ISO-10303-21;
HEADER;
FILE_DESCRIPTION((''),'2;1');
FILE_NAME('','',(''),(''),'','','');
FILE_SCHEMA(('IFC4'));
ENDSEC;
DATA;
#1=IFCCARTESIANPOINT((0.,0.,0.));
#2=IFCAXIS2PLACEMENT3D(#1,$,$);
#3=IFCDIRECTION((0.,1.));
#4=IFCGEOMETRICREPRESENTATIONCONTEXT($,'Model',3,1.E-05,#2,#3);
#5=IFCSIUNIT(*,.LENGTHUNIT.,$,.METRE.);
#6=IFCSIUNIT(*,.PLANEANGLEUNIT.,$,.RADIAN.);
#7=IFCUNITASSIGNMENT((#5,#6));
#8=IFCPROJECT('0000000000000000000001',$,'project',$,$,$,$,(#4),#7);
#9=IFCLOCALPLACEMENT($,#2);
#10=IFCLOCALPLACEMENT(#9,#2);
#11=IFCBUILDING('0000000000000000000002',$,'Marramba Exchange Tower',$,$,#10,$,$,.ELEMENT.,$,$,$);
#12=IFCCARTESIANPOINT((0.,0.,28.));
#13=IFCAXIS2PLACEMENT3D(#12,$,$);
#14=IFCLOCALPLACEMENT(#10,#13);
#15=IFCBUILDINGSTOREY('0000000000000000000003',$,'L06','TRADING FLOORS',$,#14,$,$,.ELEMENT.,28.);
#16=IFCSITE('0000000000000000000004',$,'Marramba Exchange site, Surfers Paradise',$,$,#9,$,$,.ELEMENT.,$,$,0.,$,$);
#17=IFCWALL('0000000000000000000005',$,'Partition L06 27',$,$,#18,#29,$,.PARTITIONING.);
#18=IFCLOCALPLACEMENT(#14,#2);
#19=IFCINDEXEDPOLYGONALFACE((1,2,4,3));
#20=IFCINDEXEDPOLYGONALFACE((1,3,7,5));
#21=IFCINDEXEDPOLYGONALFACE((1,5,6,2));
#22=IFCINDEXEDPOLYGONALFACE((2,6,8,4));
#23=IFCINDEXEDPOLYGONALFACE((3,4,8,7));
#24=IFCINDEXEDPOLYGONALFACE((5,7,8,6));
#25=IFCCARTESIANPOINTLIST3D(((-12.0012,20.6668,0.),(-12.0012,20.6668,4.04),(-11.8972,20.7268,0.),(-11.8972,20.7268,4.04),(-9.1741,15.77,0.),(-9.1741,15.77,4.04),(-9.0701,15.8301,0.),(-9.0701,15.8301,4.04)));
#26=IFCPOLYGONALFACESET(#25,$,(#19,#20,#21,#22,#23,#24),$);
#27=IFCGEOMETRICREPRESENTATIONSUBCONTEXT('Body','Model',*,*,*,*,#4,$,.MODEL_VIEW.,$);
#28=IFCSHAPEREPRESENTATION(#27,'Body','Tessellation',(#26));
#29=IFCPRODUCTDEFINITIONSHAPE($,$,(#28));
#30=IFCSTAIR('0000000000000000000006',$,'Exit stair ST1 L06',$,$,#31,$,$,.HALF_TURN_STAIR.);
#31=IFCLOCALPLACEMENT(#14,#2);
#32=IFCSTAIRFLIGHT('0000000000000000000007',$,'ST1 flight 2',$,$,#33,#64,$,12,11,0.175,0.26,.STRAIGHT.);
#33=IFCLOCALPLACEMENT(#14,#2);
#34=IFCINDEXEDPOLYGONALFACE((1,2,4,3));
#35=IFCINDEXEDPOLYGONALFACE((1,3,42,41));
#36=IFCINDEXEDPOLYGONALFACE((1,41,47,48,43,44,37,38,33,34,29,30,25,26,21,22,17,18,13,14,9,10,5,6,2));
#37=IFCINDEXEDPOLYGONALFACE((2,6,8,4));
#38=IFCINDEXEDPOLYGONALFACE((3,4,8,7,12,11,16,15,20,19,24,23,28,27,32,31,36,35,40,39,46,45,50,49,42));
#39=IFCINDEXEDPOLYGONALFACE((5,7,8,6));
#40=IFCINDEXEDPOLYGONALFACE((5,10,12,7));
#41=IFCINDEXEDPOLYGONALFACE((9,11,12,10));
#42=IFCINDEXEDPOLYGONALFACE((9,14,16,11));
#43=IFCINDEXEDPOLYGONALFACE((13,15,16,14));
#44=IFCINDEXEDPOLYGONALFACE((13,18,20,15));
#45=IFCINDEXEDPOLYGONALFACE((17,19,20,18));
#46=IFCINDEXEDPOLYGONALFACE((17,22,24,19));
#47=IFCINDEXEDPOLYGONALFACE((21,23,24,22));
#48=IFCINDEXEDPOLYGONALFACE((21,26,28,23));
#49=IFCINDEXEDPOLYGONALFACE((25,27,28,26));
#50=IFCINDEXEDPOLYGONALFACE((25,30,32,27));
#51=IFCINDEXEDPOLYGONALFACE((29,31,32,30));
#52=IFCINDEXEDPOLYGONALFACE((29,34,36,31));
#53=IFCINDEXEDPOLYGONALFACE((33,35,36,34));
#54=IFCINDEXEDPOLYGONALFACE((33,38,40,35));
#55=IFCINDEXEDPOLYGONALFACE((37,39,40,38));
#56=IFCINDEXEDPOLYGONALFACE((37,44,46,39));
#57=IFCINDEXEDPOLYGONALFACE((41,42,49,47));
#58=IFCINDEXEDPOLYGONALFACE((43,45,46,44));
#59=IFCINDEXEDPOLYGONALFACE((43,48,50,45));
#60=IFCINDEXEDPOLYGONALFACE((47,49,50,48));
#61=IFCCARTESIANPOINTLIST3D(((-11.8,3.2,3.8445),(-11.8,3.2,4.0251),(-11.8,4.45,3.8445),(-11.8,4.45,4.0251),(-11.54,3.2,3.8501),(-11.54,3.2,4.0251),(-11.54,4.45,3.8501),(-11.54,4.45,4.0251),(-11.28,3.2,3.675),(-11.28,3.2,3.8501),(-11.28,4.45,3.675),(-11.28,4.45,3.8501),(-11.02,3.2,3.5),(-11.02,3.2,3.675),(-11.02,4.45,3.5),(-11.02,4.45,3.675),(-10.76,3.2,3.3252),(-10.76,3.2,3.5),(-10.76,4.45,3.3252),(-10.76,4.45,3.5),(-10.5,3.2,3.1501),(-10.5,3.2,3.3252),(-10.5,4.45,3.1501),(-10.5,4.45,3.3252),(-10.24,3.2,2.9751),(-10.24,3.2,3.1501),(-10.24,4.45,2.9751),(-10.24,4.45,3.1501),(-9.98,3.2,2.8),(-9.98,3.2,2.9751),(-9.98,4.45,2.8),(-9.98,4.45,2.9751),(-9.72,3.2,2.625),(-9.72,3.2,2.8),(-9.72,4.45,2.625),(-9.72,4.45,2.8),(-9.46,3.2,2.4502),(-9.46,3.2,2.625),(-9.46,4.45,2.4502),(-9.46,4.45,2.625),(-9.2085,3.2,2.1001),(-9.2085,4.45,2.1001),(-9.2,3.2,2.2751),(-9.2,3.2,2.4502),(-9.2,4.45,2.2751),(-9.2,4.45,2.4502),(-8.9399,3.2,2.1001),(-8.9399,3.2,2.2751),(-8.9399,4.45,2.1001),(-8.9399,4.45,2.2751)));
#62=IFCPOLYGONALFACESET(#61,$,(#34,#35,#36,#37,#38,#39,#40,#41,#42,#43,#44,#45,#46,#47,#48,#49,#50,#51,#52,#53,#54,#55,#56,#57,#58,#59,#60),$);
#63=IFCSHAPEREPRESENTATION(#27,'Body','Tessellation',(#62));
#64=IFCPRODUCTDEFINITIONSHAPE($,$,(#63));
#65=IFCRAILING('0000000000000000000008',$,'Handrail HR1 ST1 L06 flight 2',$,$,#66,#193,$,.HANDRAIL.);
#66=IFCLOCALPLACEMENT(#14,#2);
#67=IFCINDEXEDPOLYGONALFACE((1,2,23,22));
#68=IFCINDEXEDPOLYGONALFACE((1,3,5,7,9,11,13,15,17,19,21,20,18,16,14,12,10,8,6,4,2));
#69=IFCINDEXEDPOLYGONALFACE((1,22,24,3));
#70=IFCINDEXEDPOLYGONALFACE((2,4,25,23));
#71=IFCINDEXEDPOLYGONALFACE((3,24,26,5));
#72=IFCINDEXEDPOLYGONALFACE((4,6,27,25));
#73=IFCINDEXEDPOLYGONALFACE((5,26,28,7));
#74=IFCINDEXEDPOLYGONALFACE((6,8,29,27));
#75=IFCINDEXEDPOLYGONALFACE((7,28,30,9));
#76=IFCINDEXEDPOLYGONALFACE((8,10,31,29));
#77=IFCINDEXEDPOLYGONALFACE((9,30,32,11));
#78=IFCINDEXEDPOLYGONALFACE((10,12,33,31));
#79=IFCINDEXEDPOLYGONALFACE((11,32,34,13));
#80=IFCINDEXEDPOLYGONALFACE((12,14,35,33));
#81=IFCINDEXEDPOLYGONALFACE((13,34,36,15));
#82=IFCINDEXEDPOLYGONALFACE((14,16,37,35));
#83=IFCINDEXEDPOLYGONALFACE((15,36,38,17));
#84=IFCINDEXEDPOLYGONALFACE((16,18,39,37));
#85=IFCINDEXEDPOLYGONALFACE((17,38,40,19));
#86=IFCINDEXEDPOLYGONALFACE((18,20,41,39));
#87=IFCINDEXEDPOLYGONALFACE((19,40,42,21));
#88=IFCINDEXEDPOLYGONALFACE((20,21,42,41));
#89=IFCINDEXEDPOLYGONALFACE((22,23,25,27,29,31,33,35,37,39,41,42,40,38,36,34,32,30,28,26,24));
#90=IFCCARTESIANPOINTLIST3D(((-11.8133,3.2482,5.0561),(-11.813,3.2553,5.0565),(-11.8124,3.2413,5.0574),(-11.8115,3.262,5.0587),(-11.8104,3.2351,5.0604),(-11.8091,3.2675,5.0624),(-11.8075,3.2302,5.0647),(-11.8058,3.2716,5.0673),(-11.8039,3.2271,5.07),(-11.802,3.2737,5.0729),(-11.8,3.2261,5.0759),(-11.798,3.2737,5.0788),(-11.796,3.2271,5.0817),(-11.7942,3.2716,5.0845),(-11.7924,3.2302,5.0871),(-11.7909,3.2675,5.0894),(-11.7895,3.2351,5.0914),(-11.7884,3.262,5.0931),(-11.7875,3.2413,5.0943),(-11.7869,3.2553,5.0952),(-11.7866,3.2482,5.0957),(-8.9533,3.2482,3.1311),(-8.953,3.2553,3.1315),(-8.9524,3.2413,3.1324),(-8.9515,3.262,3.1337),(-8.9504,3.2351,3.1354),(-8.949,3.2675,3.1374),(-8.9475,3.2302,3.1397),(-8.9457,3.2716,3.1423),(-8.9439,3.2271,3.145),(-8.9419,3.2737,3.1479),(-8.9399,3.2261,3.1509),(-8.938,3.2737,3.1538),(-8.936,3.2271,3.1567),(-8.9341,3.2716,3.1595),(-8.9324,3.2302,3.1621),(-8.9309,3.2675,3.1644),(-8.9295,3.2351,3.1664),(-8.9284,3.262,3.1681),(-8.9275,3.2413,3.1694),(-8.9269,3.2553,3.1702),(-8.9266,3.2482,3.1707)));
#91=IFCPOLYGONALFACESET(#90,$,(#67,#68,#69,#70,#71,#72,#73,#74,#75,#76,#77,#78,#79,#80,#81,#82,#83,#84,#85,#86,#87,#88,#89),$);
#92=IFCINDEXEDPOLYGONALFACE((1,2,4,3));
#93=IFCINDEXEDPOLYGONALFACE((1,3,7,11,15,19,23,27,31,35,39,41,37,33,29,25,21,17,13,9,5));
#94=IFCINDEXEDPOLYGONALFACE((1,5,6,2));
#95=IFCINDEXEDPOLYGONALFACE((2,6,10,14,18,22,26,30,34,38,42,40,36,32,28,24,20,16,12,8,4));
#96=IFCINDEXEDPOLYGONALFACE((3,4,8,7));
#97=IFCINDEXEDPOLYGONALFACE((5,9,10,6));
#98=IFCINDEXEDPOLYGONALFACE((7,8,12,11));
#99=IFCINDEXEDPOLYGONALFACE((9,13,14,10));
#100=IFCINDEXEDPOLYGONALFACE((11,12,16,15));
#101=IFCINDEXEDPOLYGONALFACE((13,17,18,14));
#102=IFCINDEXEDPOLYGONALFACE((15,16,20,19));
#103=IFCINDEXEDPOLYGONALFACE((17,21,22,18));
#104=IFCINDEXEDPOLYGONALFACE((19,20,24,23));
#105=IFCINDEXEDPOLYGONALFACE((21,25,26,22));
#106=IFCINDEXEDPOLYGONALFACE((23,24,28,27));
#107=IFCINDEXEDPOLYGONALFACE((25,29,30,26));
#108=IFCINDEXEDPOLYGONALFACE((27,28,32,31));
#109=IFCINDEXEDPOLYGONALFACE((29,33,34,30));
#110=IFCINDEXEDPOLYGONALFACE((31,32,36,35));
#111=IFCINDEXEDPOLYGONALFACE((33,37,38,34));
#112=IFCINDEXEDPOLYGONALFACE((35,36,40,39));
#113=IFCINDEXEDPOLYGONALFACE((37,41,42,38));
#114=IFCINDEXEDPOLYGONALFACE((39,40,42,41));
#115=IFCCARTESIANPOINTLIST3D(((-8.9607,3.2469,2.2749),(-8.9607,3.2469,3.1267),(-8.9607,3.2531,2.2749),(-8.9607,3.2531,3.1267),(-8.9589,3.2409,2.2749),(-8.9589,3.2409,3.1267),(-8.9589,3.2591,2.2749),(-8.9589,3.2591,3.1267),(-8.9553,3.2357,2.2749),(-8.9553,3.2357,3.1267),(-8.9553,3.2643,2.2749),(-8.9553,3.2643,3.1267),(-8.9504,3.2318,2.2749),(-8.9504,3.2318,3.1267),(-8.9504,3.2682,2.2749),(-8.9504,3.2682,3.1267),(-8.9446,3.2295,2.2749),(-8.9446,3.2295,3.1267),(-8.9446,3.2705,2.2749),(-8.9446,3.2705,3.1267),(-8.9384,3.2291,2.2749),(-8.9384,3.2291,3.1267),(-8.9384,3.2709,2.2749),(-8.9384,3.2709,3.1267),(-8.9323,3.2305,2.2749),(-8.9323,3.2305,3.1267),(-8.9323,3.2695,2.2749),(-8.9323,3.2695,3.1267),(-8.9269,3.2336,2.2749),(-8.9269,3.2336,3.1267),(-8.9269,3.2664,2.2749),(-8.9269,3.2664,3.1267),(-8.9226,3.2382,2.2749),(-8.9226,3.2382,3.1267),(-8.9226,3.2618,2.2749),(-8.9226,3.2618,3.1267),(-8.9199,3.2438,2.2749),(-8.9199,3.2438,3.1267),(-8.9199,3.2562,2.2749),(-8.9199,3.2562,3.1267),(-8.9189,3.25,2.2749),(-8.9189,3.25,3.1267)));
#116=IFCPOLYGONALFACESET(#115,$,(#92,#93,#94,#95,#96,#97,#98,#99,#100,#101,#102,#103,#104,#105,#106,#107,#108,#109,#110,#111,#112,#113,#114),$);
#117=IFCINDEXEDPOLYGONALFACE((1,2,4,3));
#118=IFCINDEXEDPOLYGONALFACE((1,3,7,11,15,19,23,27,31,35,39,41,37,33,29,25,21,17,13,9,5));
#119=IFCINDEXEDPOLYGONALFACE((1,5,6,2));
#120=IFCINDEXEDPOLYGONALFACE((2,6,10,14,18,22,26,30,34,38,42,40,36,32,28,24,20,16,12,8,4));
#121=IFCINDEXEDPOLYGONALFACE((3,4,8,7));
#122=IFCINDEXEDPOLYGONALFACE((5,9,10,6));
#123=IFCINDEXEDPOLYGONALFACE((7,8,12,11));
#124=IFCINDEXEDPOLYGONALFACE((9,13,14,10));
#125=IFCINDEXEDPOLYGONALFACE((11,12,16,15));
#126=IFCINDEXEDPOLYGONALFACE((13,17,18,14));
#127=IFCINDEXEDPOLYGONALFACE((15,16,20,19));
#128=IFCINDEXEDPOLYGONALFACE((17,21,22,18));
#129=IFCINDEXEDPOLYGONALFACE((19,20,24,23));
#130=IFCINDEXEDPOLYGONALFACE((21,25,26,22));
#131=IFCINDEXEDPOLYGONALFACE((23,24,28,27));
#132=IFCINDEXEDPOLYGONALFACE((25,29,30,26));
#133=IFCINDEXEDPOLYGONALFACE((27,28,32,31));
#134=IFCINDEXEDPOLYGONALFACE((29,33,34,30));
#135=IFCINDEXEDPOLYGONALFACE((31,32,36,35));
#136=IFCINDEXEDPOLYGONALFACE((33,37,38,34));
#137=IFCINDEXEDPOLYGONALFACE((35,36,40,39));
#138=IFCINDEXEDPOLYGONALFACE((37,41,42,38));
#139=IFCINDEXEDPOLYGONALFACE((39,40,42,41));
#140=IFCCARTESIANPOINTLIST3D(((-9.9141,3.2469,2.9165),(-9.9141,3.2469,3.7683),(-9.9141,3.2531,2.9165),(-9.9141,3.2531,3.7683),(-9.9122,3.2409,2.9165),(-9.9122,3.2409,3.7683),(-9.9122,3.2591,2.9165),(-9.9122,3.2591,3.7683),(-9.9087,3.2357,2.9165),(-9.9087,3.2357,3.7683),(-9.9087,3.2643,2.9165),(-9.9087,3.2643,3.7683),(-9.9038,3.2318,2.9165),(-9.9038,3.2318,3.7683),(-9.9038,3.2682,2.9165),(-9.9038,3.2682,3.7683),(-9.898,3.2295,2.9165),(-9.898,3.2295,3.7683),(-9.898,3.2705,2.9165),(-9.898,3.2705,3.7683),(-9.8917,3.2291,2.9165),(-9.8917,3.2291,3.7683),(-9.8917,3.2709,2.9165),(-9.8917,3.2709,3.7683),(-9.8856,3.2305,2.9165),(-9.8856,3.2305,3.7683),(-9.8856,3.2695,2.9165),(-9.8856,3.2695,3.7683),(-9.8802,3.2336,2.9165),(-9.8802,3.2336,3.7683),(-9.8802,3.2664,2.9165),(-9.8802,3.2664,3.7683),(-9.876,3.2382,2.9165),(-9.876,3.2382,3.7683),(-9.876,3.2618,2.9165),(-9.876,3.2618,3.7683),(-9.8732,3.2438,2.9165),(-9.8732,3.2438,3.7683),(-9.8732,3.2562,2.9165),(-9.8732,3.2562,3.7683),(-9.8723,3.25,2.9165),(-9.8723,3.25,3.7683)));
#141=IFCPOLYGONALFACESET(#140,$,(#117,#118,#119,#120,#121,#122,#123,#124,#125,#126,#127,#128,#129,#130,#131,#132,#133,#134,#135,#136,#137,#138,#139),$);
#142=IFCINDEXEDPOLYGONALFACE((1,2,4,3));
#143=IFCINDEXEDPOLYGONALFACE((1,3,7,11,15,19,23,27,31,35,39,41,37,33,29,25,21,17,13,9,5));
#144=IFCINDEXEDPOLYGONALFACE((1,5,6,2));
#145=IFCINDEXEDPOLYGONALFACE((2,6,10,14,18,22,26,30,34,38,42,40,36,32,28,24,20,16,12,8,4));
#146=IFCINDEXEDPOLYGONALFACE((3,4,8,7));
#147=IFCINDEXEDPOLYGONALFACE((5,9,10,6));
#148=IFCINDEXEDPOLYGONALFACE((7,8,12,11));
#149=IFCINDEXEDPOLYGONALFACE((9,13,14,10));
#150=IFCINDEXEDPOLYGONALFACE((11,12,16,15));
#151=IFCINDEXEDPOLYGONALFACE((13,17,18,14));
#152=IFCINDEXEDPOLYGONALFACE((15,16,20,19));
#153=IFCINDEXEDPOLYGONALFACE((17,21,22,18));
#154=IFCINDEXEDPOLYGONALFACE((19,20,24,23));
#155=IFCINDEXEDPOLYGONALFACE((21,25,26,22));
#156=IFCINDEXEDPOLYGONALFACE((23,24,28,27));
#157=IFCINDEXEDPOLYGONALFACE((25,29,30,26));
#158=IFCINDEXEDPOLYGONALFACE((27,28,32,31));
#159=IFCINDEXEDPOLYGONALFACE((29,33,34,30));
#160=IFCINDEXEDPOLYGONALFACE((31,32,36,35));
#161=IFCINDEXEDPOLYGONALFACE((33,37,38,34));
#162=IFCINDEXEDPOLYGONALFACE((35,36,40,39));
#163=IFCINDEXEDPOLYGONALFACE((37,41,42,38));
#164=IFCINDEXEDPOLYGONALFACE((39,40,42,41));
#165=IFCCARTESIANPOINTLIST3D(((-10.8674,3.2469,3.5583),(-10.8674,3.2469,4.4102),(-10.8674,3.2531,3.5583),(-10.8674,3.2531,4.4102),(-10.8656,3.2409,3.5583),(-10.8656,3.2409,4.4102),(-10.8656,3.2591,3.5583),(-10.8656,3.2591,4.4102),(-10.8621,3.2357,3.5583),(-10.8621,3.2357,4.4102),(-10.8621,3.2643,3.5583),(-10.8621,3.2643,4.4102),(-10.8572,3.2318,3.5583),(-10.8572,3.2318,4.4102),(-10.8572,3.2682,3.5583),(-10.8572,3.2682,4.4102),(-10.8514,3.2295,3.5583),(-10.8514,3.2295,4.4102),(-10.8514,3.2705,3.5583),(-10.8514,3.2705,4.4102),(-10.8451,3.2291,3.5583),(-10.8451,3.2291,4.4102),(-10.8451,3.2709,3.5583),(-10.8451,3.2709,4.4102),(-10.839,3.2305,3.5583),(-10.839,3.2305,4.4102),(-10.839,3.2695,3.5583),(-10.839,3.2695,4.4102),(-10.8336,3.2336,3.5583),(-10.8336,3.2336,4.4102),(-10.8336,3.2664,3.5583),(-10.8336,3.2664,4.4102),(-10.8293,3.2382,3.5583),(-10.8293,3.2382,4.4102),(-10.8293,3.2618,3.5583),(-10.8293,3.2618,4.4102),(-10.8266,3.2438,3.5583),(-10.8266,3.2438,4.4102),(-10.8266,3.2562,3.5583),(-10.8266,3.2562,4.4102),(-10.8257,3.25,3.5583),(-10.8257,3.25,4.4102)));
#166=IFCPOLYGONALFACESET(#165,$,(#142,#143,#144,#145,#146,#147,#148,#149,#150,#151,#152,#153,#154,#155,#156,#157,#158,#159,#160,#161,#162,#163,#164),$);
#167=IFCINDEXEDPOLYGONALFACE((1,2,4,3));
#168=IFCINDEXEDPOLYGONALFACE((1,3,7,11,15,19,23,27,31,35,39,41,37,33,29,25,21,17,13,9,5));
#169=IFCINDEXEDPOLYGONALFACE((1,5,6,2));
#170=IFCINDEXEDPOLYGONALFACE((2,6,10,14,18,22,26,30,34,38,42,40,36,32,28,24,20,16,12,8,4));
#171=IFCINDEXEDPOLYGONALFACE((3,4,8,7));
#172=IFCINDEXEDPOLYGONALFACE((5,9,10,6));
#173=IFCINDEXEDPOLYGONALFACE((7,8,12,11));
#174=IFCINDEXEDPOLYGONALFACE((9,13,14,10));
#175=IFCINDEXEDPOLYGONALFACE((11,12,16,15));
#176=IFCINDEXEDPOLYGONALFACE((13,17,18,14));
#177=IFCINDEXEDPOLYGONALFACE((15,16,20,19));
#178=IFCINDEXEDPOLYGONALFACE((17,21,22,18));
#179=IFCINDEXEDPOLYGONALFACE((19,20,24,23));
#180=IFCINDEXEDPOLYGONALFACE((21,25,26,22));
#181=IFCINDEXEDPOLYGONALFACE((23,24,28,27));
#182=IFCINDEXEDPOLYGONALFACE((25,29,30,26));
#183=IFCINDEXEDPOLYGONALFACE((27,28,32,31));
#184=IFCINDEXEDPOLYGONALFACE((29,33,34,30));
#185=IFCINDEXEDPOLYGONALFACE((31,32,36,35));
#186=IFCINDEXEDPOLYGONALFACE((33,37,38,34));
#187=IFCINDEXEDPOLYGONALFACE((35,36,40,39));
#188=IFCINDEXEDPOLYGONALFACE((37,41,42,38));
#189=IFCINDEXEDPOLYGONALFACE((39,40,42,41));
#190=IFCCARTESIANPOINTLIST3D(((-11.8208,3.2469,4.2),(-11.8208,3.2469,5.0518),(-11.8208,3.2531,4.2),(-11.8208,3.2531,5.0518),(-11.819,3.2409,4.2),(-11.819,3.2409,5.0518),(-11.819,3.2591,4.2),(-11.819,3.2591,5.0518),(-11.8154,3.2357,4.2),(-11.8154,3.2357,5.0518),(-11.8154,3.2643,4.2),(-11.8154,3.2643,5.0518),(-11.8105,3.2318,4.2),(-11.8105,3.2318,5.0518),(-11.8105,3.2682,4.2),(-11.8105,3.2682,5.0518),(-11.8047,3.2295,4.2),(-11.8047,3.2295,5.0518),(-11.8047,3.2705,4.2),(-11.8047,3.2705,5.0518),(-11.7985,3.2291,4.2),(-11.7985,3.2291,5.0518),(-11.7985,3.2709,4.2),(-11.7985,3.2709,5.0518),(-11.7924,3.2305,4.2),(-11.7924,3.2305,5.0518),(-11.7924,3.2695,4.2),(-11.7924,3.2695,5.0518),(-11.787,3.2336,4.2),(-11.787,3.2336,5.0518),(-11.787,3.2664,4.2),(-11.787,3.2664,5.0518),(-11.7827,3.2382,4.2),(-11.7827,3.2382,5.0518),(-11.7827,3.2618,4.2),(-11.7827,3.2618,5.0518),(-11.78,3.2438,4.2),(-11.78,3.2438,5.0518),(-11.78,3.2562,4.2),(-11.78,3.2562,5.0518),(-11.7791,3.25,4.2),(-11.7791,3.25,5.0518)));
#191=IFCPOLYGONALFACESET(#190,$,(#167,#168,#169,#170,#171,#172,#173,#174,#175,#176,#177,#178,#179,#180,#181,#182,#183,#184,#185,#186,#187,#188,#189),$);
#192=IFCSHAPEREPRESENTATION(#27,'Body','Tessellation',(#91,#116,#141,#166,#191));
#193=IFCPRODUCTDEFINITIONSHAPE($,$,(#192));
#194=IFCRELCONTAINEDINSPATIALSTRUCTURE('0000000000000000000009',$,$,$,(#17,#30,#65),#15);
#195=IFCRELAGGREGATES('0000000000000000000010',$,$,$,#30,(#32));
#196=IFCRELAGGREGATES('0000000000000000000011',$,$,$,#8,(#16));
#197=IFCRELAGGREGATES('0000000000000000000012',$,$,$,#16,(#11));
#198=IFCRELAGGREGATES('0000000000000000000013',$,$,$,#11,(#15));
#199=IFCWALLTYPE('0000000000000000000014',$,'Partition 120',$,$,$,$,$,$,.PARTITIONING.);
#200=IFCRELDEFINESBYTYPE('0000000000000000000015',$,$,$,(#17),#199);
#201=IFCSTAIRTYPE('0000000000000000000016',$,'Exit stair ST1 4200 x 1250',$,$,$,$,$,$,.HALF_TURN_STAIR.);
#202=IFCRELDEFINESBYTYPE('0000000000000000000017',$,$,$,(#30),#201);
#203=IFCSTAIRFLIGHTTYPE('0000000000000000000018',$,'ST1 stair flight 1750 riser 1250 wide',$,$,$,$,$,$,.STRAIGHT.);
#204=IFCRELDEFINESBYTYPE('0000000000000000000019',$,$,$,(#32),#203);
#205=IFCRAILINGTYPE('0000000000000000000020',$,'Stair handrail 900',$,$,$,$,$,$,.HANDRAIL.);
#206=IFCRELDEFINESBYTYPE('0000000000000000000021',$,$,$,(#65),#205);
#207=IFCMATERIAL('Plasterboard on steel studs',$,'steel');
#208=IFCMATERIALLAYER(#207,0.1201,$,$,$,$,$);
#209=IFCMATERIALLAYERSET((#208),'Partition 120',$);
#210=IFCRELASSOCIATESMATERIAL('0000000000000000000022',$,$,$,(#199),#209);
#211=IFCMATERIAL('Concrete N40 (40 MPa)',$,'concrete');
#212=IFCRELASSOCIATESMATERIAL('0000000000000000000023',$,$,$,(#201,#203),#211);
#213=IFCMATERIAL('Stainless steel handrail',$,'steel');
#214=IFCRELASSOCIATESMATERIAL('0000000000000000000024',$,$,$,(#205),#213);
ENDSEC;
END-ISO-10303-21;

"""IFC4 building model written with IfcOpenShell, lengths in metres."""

from ifc_helpers import new_model, si_unit, direction, frame, frame_2d, origin, origin_2d, place, context, subcontext, project, spatial, polyline, rectangle, circle, outline, extrude, material, layer, layer_set, type_object, element, aggregate, save


model = new_model("IFC4")

# Units and contexts
model_context = context("Model", 3, precision=1e-05, world=origin(), true_north=direction((0.0, 1.0)))
body_context = subcontext(model_context, "Body", "Model", "MODEL_VIEW")
ifc_project = project(units=[si_unit("LENGTHUNIT", "METRE"), si_unit("PLANEANGLEUNIT", "RADIAN")], contexts=[model_context])

# Site, building, storey
site_placement = place(None, origin())
site = spatial("IfcSite", under=ifc_project, at=site_placement, Name="Marramba Exchange site, Surfers Paradise", CompositionType="ELEMENT", RefElevation=0.0)
building_placement = place(site_placement, origin())
building = spatial("IfcBuilding", under=site, at=building_placement, Name="Marramba Exchange Tower", CompositionType="ELEMENT")
storey_placement = place(building_placement, frame((0.0, 0.0, 28.0)))
storey = spatial("IfcBuildingStorey", under=building, at=storey_placement, Name="L06", Description="TRADING FLOORS", CompositionType="ELEMENT", Elevation=28.0)

# Wall
ifc_material_1 = material(Name="Plasterboard on steel studs", Category="steel")
ifc_layer_1 = layer(ifc_material_1, 0.1201)
ifc_layer_set_1 = layer_set([ifc_layer_1], Name="Partition 120")
wall_type_1 = type_object("IfcWallType", Name="Partition 120", PredefinedType="PARTITIONING", material=ifc_layer_set_1)
wall_1_placement = place(storey_placement, frame((-9.1221, 15.8, 0.0), z_axis=(0.0, 0.0, 1.0), x_axis=(-0.500003, 0.866024, 0.0)))
element("IfcWall", 1, at=wall_1_placement, inside=storey, type_object=wall_type_1, Name="Partition L06 27", PredefinedType="PARTITIONING", context=body_context, shape_type="SweptSolid", body=[
    extrude(rectangle(XDim=5.6543, YDim=0.1201, at=frame_2d((2.8271, 0.0))), origin(), (0.0, 0.0, 1.0), 4.04),
])

# Stair, stair flight
ifc_material_2 = material(Name="Concrete N40 (40 MPa)", Category="concrete")
stair_type = type_object("IfcStairType", Name="Exit stair ST1 4200 x 1250", PredefinedType="HALF_TURN_STAIR", material=ifc_material_2)
stair_placement = place(storey_placement, origin())
stair = element("IfcStair", 2, at=stair_placement, inside=storey, type_object=stair_type, Name="Exit stair ST1 L06", PredefinedType="HALF_TURN_STAIR")
stair_flight_type = type_object("IfcStairFlightType", Name="ST1 stair flight 1750 riser 1250 wide", PredefinedType="STRAIGHT", material=ifc_material_2)
stair_flight_placement = place(storey_placement, frame((-8.9399, 3.825, 2.1001), z_axis=(0.0, 0.0, 1.0), x_axis=(-1.0, 0.0, 0.0)))
stair_flight = element("IfcStairFlight", 3, at=stair_flight_placement, type_object=stair_flight_type, Name="ST1 flight 2", NumberOfRisers=12, NumberOfTreads=11, PredefinedType="STRAIGHT", RiserHeight=0.175, TreadLength=0.26, context=body_context, shape_type="SweptSolid", body=[
    extrude(outline(polyline([(0.0, 0.0), (0.0, 0.175), (0.26, 0.175), (0.26, 0.3501), (0.52, 0.3501), (0.52, 0.5249), (0.78, 0.5249), (0.78, 0.7), (1.04, 0.7), (1.04, 0.875), (1.3, 0.875), (1.3, 1.05), (1.5601, 1.05), (1.5601, 1.2251), (1.8201, 1.2251), (1.8201, 1.3999), (2.0801, 1.3999), (2.0801, 1.575), (2.3401, 1.575), (2.3401, 1.75), (2.6001, 1.75), (2.6001, 1.925), (2.8601, 1.925), (2.8601, 2.1001), (2.8601, 1.7444), (0.2686, 0.0), (0.0, 0.0)])), frame((0.0, 0.625, 0.0), z_axis=(0.0, -1.0, 0.0), x_axis=(1.0, 0.0, 0.0)), (0.0, 0.0, 1.0), 1.25),
])
aggregate(stair, [stair_flight])

# Railing
ifc_material_3 = material(Name="Stainless steel handrail", Category="steel")
railing_type = type_object("IfcRailingType", Name="Stair handrail 900", PredefinedType="HANDRAIL", material=ifc_material_3)
railing_placement = place(storey_placement, frame((-8.9399, 3.25, 2.2749)))
element("IfcRailing", 4, at=railing_placement, inside=storey, type_object=railing_type, Name="Handrail HR1 ST1 L06 flight 2", PredefinedType="HANDRAIL", context=body_context, shape_type="SweptSolid", body=[
    extrude(circle(Radius=0.0239, at=origin_2d()), frame((0.0, 0.0, 0.876), z_axis=(-0.829591, 0.0, 0.558372), x_axis=(0.0, -1.0, 0.0)), (0.0, 0.0, 1.0), 3.4475),
    extrude(circle(Radius=0.021, at=origin_2d()), origin(), (0.0, 0.0, 1.0), 0.8518),
    extrude(circle(Radius=0.021, at=origin_2d()), frame((-0.9534, 0.0, 0.6416)), (0.0, 0.0, 1.0), 0.8518),
    extrude(circle(Radius=0.021, at=origin_2d()), frame((-1.9067, 0.0, 1.2834)), (0.0, 0.0, 1.0), 0.8518),
    extrude(circle(Radius=0.021, at=origin_2d()), frame((-2.8601, 0.0, 1.925)), (0.0, 0.0, 1.0), 0.8518),
])

save(model, "model.ifc")
